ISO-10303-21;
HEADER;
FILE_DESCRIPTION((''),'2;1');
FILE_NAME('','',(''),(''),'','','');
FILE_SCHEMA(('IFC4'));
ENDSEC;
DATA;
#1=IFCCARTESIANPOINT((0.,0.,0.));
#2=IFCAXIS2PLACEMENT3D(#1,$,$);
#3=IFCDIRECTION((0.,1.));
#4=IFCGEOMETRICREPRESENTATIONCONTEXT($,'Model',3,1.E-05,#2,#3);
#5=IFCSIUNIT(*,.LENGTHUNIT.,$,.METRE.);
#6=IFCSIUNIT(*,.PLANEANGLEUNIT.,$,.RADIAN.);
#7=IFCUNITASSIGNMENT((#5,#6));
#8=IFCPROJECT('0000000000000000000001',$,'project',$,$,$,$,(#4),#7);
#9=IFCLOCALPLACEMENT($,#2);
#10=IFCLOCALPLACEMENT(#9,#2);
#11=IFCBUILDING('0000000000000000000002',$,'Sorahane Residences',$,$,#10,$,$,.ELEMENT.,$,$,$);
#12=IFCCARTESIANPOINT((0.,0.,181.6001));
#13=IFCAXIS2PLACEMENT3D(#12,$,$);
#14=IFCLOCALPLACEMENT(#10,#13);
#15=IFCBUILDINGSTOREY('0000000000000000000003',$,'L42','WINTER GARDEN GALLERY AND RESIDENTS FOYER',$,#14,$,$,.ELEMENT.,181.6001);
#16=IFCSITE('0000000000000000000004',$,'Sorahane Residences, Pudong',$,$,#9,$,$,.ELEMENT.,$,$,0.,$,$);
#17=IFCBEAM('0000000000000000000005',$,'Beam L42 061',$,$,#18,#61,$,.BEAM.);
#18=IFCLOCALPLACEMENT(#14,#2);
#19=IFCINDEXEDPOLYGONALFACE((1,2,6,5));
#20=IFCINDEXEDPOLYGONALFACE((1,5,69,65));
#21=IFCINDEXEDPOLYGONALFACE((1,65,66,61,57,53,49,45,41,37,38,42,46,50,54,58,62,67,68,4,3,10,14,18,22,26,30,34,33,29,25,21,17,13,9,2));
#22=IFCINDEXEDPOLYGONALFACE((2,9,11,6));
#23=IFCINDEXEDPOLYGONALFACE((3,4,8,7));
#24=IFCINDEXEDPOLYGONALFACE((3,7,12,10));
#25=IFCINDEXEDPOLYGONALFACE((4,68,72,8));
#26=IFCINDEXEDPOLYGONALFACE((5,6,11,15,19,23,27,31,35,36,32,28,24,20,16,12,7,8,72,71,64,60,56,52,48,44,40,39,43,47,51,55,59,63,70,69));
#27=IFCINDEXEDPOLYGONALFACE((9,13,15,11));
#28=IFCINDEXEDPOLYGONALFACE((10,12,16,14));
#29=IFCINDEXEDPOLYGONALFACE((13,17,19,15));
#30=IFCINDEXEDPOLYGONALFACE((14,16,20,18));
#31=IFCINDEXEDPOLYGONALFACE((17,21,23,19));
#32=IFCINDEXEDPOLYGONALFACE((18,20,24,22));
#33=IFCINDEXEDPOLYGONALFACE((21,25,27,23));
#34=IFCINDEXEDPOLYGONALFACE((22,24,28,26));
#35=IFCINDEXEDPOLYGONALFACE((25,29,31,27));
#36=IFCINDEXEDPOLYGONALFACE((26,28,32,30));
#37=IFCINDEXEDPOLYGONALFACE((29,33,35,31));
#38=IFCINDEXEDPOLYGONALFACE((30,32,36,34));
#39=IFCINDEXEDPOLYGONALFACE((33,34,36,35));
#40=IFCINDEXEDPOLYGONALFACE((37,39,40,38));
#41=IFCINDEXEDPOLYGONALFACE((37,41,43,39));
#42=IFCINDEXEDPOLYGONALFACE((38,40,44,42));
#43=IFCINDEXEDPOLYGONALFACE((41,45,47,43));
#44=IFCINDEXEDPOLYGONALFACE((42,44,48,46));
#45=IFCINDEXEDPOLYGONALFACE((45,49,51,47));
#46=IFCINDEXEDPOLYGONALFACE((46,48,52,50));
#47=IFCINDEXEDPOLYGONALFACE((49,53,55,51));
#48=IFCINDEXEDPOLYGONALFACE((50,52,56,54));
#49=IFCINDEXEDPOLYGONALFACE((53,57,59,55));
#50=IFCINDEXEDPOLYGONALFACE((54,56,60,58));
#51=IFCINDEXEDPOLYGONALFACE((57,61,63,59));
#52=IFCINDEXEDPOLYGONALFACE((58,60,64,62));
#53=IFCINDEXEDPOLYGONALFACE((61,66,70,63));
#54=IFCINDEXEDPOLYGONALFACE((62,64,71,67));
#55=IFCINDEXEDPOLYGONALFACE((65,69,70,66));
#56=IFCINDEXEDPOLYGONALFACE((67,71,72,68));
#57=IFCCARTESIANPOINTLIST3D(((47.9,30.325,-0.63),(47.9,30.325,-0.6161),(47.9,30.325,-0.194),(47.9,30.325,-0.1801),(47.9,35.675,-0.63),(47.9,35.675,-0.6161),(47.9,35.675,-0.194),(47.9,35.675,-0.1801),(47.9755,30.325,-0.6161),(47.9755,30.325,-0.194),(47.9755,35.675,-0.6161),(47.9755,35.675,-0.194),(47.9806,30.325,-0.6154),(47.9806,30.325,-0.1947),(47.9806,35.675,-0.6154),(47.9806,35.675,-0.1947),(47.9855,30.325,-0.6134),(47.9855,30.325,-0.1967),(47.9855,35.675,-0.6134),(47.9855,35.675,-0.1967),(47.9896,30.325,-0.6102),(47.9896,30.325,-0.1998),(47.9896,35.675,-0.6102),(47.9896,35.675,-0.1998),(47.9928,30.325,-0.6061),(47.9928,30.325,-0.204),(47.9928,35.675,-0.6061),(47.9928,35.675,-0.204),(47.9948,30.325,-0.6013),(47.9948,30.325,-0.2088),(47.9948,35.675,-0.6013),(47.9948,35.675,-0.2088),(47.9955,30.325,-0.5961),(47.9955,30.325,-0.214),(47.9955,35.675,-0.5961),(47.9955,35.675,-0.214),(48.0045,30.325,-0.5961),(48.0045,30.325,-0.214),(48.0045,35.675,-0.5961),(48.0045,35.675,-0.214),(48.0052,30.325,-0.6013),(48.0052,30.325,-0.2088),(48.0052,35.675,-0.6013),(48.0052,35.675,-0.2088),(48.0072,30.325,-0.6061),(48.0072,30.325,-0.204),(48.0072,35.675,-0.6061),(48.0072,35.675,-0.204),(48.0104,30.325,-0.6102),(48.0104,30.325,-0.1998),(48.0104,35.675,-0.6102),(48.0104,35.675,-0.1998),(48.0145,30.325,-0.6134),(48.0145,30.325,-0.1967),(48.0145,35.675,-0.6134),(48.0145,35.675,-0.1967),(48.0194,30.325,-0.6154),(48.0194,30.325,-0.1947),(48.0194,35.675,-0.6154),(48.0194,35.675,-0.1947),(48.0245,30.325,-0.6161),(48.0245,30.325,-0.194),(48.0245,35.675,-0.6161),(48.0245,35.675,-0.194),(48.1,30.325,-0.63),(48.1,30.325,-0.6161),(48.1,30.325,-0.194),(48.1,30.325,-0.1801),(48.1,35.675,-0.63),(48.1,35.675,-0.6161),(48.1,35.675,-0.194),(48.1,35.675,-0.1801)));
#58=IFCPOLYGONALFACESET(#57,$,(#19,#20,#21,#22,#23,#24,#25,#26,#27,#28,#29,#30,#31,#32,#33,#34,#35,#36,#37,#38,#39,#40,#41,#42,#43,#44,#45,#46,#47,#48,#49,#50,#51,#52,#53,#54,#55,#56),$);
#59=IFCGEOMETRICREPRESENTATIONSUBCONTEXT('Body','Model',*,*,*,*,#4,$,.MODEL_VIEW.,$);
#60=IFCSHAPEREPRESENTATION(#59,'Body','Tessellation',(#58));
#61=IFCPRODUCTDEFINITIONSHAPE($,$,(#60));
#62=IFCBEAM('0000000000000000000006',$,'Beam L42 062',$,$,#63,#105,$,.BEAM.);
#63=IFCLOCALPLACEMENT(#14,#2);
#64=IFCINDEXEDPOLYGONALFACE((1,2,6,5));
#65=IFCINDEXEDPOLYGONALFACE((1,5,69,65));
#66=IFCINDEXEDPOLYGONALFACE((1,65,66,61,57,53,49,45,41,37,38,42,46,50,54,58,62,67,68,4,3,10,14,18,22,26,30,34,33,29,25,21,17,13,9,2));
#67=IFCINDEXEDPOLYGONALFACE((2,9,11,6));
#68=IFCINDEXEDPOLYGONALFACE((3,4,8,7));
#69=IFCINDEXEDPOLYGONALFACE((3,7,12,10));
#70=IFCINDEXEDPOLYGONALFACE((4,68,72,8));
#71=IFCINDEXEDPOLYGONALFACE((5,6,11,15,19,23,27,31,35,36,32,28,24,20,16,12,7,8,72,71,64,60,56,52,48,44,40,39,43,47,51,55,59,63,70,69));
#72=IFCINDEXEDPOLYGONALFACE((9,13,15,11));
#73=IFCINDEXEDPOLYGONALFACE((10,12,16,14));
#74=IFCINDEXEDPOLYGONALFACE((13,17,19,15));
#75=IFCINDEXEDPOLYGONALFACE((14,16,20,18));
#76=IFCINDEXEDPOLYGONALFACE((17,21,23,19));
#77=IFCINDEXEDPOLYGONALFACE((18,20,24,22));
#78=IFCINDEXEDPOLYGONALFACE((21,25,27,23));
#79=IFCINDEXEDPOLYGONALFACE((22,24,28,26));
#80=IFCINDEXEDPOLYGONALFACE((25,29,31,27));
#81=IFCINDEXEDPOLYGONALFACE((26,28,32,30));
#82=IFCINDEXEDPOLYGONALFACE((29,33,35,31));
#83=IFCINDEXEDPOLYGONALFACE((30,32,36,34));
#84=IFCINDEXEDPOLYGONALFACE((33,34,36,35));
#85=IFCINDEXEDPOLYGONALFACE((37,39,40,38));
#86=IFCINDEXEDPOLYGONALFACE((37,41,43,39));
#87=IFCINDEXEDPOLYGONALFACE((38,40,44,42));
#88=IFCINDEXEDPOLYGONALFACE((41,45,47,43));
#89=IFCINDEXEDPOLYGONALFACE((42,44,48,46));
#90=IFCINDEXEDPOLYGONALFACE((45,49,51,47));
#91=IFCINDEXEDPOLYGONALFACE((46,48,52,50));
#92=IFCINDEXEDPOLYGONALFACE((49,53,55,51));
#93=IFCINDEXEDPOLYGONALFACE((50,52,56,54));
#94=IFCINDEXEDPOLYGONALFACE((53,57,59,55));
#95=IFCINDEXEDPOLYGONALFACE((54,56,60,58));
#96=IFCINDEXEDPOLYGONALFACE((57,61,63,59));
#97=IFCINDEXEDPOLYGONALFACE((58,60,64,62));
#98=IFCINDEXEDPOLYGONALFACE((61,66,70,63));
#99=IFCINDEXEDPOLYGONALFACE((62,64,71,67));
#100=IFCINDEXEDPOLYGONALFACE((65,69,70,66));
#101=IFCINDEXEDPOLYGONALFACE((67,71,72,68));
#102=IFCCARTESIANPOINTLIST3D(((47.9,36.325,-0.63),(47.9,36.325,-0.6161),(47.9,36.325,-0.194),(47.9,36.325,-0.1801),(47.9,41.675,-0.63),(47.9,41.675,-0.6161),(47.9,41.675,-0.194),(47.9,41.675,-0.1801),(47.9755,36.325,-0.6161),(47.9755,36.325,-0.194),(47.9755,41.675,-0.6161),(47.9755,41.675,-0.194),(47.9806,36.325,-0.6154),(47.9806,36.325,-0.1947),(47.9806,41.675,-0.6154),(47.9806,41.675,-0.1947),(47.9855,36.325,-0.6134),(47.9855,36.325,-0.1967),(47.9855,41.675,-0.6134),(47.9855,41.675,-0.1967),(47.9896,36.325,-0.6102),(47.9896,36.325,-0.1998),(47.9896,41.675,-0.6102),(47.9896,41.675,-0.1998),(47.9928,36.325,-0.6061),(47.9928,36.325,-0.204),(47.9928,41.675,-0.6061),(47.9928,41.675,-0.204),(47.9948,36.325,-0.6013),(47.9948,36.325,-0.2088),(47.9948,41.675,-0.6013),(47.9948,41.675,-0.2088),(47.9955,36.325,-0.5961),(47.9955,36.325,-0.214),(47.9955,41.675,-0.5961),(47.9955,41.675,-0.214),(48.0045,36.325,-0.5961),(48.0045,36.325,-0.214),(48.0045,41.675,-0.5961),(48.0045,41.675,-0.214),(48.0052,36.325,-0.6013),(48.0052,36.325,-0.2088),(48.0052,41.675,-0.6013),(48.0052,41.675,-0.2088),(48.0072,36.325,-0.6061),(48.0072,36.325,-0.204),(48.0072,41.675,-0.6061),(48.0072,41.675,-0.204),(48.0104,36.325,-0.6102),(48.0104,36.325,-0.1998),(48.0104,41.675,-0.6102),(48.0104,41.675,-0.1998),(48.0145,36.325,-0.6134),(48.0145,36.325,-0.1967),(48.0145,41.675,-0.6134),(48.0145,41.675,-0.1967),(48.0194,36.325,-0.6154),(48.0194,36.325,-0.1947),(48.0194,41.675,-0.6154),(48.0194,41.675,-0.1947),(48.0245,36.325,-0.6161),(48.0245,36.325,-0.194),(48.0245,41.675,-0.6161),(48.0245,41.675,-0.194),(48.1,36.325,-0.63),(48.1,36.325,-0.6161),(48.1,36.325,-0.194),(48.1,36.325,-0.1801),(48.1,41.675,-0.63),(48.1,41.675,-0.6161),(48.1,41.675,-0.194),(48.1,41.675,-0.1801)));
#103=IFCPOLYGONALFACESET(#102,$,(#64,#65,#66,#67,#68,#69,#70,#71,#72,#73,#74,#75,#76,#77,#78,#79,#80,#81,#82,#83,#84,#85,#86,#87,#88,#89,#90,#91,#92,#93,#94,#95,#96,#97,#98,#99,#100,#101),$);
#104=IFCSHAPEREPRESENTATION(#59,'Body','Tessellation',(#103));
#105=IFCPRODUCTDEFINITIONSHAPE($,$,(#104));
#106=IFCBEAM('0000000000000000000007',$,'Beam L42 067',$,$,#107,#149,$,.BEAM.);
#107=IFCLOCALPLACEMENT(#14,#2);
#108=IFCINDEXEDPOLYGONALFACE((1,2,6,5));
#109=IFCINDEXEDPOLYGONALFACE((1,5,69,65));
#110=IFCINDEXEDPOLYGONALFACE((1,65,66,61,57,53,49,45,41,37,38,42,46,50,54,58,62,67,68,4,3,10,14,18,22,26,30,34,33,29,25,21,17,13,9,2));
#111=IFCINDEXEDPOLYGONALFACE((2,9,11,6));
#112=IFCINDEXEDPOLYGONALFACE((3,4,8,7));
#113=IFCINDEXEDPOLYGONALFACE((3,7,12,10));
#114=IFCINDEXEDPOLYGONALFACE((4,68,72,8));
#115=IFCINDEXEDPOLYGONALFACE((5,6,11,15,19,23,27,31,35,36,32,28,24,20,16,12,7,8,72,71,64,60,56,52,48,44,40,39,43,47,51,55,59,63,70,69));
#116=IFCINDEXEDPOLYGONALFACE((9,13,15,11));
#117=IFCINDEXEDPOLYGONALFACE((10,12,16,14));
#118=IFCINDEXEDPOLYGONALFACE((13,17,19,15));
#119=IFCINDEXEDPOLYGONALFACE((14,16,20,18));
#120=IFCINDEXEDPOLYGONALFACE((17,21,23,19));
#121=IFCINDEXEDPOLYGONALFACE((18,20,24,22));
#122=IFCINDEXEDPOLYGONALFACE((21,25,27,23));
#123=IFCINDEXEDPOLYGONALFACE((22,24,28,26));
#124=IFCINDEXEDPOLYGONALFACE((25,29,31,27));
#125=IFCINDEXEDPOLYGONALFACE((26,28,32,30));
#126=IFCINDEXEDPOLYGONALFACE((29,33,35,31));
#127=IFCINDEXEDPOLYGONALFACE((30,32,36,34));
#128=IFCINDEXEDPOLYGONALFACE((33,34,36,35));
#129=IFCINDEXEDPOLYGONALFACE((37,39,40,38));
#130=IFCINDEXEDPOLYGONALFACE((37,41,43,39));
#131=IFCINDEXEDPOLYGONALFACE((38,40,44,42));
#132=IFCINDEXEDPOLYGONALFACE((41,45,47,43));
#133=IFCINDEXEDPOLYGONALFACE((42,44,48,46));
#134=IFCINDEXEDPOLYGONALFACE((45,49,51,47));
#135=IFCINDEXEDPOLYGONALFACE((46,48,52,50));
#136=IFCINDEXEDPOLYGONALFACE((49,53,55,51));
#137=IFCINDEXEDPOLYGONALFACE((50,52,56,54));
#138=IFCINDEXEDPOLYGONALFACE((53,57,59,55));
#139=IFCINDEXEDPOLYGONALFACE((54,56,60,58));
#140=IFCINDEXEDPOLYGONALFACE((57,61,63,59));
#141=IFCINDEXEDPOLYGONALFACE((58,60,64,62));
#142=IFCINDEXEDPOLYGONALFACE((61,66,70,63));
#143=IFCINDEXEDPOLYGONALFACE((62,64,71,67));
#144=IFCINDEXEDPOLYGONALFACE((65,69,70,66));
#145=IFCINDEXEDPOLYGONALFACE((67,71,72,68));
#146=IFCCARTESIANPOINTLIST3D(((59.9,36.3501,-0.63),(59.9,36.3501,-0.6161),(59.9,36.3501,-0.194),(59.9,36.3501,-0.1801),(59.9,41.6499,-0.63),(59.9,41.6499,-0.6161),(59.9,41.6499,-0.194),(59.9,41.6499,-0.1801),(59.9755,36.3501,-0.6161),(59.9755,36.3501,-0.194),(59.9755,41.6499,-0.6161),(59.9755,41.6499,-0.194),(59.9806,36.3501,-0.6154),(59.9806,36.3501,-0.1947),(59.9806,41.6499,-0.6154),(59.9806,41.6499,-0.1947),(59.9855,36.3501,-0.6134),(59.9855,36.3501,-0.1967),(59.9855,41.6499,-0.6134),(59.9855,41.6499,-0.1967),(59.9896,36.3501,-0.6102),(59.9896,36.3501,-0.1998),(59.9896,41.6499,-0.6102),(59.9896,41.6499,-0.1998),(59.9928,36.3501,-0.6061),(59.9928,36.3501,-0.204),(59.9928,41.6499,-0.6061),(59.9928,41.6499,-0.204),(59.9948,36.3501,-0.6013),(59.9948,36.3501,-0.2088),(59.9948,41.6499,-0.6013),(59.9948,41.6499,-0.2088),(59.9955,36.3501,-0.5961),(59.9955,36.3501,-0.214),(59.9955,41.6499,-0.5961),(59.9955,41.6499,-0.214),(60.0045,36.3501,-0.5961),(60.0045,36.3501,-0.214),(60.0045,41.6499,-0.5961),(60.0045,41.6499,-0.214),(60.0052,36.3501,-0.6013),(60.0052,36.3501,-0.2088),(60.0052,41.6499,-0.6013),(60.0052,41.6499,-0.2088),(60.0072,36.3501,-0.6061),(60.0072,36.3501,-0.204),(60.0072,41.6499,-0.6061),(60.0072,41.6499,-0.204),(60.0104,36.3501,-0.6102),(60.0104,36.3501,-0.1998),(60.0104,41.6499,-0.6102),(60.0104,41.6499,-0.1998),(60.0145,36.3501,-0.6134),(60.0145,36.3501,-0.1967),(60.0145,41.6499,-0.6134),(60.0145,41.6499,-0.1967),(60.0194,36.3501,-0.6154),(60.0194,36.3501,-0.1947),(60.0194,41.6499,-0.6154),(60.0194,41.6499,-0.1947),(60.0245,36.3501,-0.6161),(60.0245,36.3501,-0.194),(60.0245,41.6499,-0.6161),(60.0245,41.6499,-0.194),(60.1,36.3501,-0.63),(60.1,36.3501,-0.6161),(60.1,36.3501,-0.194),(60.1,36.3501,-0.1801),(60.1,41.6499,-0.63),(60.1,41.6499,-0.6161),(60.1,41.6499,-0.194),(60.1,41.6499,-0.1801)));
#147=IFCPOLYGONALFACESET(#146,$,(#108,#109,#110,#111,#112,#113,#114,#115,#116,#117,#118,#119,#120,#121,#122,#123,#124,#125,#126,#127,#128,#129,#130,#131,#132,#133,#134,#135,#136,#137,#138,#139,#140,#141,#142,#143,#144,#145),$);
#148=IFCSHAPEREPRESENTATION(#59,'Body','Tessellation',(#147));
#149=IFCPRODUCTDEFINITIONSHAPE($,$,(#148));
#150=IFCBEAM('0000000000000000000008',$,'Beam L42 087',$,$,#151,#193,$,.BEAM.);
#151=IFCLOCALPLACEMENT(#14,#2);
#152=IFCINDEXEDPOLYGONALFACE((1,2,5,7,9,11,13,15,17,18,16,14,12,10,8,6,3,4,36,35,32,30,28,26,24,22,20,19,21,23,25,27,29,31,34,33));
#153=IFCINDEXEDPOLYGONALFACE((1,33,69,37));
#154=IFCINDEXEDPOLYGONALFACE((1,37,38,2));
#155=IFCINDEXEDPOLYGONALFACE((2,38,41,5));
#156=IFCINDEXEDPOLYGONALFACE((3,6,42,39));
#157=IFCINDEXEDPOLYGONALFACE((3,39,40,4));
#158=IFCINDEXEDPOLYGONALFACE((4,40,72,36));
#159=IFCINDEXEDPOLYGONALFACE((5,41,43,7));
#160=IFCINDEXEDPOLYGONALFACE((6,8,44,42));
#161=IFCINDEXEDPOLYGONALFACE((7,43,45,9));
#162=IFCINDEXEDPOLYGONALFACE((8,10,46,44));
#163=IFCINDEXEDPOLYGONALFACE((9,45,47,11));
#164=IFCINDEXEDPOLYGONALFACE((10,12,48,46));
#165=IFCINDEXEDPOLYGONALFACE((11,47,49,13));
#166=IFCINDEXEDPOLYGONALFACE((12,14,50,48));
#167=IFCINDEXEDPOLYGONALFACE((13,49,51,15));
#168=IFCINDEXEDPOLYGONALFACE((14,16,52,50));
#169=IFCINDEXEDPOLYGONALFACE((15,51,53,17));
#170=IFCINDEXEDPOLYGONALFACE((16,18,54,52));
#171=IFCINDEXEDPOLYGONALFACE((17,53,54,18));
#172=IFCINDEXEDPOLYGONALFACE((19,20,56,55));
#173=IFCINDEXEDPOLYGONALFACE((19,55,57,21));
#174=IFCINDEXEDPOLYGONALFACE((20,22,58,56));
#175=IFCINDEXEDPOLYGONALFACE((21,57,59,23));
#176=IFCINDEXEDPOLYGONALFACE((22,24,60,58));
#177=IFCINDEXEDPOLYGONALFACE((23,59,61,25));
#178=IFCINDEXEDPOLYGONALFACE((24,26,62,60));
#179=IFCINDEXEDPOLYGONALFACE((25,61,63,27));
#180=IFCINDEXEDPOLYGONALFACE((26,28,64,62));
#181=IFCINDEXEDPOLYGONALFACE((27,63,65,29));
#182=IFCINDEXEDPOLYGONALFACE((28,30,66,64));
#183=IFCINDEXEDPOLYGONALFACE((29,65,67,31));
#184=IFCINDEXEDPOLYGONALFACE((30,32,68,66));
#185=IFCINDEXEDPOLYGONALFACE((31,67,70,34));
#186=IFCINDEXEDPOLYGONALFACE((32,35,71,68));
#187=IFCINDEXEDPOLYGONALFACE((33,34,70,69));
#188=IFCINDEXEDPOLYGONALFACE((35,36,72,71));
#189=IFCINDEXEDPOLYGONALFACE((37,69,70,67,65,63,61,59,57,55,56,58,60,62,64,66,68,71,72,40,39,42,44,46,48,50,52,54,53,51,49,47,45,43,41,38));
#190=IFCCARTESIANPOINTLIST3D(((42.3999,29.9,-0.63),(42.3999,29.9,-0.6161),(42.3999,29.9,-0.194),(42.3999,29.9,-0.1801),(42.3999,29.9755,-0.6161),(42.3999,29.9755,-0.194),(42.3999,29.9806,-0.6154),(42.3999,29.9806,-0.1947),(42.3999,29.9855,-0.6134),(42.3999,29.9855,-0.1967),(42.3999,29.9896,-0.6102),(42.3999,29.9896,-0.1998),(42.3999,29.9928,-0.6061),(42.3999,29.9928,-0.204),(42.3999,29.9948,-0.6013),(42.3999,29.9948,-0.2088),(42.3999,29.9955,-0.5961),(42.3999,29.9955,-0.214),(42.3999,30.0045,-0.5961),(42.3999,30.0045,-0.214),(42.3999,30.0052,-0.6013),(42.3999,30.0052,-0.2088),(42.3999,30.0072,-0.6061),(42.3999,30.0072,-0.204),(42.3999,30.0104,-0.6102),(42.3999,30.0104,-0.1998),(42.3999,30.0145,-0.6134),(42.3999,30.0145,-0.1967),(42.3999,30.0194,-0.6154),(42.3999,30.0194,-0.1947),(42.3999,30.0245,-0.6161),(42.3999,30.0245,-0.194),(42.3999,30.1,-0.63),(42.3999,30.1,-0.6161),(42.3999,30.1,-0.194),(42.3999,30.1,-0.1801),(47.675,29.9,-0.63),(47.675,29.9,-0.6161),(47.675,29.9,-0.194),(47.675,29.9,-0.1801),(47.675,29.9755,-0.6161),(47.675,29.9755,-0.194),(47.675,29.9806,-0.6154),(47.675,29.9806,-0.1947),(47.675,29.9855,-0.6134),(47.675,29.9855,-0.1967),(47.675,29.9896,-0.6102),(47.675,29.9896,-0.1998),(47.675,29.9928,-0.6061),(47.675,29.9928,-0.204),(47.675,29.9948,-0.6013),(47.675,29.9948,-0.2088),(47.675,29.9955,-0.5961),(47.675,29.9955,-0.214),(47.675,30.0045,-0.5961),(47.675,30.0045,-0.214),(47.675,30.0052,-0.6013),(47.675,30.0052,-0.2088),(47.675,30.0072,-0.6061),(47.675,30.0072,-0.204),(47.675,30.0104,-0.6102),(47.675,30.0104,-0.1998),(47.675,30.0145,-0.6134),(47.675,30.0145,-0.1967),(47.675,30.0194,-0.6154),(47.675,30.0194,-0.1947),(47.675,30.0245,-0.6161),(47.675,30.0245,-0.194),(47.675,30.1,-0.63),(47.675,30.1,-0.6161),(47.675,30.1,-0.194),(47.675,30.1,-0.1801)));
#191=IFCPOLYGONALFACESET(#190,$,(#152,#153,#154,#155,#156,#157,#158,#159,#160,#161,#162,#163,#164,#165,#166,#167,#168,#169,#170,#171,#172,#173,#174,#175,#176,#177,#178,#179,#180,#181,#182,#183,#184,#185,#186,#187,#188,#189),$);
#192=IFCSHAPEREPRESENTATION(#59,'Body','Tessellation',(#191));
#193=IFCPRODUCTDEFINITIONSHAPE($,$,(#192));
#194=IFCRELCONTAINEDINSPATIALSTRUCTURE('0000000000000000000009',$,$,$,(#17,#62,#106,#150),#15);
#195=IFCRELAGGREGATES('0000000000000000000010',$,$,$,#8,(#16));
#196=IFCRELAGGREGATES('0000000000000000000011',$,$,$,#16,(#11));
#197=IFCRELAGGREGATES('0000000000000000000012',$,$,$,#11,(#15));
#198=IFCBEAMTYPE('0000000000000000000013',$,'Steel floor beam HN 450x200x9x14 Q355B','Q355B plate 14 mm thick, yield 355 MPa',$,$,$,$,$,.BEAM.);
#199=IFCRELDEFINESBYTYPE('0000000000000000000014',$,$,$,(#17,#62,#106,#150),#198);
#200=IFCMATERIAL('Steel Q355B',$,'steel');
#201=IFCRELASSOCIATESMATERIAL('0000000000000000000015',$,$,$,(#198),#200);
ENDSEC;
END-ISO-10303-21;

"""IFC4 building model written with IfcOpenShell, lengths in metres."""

from ifc_helpers import new_model, si_unit, direction, frame, origin, origin_2d, place, context, subcontext, project, spatial, i_section, extrude, material, material_profile, profile_set, type_object, element, save


model = new_model("IFC4")

# Units and contexts
model_context = context("Model", 3, precision=1e-05, world=origin(), true_north=direction((0.0, 1.0)))
body_context = subcontext(model_context, "Body", "Model", "MODEL_VIEW")
ifc_project = project(units=[si_unit("LENGTHUNIT", "METRE"), si_unit("PLANEANGLEUNIT", "RADIAN")], contexts=[model_context])

# Site, building, storey
site_placement = place(None, origin())
site = spatial("IfcSite", under=ifc_project, at=site_placement, Name="Sorahane Residences, Pudong", CompositionType="ELEMENT", RefElevation=0.0)
building_placement = place(site_placement, origin())
building = spatial("IfcBuilding", under=site, at=building_placement, Name="Sorahane Residences", CompositionType="ELEMENT")
storey_placement = place(building_placement, frame((0.0, 0.0, 181.6001)))
storey = spatial("IfcBuildingStorey", under=building, at=storey_placement, Name="L42", Description="WINTER GARDEN GALLERY AND RESIDENTS FOYER", CompositionType="ELEMENT", Elevation=181.6001)

# Beams
ifc_material_1 = material(Name="Steel Q355B", Category="steel")
ifc_material_profile_1 = material_profile(ifc_material_1, i_section(OverallWidth=0.2, OverallDepth=0.45, WebThickness=0.009, FlangeThickness=0.0139, FilletRadius=0.02, at=origin_2d()), Name="HN 450x200x9x14")
ifc_profile_set_1 = profile_set([ifc_material_profile_1], Name="Steel Q355B")
beam_type_1 = type_object("IfcBeamType", Name="Steel floor beam HN 450x200x9x14 Q355B", Description="Q355B plate 14 mm thick, yield 355 MPa", PredefinedType="BEAM", material=ifc_profile_set_1)
for number, where, z_axis, x_axis, name in (
    (1, (48.0, 30.325, -0.405), (0.0, 1.0, 0.0), (-1.0, 0.0, 0.0), "Beam L42 061"),
    (2, (48.0, 36.325, -0.405), (0.0, 1.0, 0.0), (-1.0, 0.0, 0.0), "Beam L42 062"),
):
    element("IfcBeam", number, at=place(storey_placement, frame(where, z_axis=z_axis, x_axis=x_axis)), inside=storey, type_object=beam_type_1, Name=name, PredefinedType="BEAM", context=body_context, shape_type="SweptSolid", body=[
        extrude(i_section(OverallWidth=0.2, OverallDepth=0.45, WebThickness=0.009, FlangeThickness=0.0139, FilletRadius=0.02, at=origin_2d()), origin(), (0.0, 0.0, 1.0), 5.3501),
    ])
beam_1_placement = place(storey_placement, frame((60.0, 36.3501, -0.405), z_axis=(0.0, 1.0, 0.0), x_axis=(-1.0, 0.0, 0.0)))
element("IfcBeam", 3, at=beam_1_placement, inside=storey, type_object=beam_type_1, Name="Beam L42 067", PredefinedType="BEAM", context=body_context, shape_type="SweptSolid", body=[
    extrude(i_section(OverallWidth=0.2, OverallDepth=0.45, WebThickness=0.009, FlangeThickness=0.0139, FilletRadius=0.02, at=origin_2d()), origin(), (0.0, 0.0, 1.0), 5.2998),
])
beam_2_placement = place(storey_placement, frame((42.3999, 30.0, -0.405), z_axis=(1.0, 0.0, 0.0), x_axis=(0.0, 1.0, 0.0)))
element("IfcBeam", 4, at=beam_2_placement, inside=storey, type_object=beam_type_1, Name="Beam L42 087", PredefinedType="BEAM", context=body_context, shape_type="SweptSolid", body=[
    extrude(i_section(OverallWidth=0.2, OverallDepth=0.45, WebThickness=0.009, FlangeThickness=0.0139, FilletRadius=0.02, at=origin_2d()), origin(), (0.0, 0.0, 1.0), 5.2751),
])

save(model, "model.ifc")
